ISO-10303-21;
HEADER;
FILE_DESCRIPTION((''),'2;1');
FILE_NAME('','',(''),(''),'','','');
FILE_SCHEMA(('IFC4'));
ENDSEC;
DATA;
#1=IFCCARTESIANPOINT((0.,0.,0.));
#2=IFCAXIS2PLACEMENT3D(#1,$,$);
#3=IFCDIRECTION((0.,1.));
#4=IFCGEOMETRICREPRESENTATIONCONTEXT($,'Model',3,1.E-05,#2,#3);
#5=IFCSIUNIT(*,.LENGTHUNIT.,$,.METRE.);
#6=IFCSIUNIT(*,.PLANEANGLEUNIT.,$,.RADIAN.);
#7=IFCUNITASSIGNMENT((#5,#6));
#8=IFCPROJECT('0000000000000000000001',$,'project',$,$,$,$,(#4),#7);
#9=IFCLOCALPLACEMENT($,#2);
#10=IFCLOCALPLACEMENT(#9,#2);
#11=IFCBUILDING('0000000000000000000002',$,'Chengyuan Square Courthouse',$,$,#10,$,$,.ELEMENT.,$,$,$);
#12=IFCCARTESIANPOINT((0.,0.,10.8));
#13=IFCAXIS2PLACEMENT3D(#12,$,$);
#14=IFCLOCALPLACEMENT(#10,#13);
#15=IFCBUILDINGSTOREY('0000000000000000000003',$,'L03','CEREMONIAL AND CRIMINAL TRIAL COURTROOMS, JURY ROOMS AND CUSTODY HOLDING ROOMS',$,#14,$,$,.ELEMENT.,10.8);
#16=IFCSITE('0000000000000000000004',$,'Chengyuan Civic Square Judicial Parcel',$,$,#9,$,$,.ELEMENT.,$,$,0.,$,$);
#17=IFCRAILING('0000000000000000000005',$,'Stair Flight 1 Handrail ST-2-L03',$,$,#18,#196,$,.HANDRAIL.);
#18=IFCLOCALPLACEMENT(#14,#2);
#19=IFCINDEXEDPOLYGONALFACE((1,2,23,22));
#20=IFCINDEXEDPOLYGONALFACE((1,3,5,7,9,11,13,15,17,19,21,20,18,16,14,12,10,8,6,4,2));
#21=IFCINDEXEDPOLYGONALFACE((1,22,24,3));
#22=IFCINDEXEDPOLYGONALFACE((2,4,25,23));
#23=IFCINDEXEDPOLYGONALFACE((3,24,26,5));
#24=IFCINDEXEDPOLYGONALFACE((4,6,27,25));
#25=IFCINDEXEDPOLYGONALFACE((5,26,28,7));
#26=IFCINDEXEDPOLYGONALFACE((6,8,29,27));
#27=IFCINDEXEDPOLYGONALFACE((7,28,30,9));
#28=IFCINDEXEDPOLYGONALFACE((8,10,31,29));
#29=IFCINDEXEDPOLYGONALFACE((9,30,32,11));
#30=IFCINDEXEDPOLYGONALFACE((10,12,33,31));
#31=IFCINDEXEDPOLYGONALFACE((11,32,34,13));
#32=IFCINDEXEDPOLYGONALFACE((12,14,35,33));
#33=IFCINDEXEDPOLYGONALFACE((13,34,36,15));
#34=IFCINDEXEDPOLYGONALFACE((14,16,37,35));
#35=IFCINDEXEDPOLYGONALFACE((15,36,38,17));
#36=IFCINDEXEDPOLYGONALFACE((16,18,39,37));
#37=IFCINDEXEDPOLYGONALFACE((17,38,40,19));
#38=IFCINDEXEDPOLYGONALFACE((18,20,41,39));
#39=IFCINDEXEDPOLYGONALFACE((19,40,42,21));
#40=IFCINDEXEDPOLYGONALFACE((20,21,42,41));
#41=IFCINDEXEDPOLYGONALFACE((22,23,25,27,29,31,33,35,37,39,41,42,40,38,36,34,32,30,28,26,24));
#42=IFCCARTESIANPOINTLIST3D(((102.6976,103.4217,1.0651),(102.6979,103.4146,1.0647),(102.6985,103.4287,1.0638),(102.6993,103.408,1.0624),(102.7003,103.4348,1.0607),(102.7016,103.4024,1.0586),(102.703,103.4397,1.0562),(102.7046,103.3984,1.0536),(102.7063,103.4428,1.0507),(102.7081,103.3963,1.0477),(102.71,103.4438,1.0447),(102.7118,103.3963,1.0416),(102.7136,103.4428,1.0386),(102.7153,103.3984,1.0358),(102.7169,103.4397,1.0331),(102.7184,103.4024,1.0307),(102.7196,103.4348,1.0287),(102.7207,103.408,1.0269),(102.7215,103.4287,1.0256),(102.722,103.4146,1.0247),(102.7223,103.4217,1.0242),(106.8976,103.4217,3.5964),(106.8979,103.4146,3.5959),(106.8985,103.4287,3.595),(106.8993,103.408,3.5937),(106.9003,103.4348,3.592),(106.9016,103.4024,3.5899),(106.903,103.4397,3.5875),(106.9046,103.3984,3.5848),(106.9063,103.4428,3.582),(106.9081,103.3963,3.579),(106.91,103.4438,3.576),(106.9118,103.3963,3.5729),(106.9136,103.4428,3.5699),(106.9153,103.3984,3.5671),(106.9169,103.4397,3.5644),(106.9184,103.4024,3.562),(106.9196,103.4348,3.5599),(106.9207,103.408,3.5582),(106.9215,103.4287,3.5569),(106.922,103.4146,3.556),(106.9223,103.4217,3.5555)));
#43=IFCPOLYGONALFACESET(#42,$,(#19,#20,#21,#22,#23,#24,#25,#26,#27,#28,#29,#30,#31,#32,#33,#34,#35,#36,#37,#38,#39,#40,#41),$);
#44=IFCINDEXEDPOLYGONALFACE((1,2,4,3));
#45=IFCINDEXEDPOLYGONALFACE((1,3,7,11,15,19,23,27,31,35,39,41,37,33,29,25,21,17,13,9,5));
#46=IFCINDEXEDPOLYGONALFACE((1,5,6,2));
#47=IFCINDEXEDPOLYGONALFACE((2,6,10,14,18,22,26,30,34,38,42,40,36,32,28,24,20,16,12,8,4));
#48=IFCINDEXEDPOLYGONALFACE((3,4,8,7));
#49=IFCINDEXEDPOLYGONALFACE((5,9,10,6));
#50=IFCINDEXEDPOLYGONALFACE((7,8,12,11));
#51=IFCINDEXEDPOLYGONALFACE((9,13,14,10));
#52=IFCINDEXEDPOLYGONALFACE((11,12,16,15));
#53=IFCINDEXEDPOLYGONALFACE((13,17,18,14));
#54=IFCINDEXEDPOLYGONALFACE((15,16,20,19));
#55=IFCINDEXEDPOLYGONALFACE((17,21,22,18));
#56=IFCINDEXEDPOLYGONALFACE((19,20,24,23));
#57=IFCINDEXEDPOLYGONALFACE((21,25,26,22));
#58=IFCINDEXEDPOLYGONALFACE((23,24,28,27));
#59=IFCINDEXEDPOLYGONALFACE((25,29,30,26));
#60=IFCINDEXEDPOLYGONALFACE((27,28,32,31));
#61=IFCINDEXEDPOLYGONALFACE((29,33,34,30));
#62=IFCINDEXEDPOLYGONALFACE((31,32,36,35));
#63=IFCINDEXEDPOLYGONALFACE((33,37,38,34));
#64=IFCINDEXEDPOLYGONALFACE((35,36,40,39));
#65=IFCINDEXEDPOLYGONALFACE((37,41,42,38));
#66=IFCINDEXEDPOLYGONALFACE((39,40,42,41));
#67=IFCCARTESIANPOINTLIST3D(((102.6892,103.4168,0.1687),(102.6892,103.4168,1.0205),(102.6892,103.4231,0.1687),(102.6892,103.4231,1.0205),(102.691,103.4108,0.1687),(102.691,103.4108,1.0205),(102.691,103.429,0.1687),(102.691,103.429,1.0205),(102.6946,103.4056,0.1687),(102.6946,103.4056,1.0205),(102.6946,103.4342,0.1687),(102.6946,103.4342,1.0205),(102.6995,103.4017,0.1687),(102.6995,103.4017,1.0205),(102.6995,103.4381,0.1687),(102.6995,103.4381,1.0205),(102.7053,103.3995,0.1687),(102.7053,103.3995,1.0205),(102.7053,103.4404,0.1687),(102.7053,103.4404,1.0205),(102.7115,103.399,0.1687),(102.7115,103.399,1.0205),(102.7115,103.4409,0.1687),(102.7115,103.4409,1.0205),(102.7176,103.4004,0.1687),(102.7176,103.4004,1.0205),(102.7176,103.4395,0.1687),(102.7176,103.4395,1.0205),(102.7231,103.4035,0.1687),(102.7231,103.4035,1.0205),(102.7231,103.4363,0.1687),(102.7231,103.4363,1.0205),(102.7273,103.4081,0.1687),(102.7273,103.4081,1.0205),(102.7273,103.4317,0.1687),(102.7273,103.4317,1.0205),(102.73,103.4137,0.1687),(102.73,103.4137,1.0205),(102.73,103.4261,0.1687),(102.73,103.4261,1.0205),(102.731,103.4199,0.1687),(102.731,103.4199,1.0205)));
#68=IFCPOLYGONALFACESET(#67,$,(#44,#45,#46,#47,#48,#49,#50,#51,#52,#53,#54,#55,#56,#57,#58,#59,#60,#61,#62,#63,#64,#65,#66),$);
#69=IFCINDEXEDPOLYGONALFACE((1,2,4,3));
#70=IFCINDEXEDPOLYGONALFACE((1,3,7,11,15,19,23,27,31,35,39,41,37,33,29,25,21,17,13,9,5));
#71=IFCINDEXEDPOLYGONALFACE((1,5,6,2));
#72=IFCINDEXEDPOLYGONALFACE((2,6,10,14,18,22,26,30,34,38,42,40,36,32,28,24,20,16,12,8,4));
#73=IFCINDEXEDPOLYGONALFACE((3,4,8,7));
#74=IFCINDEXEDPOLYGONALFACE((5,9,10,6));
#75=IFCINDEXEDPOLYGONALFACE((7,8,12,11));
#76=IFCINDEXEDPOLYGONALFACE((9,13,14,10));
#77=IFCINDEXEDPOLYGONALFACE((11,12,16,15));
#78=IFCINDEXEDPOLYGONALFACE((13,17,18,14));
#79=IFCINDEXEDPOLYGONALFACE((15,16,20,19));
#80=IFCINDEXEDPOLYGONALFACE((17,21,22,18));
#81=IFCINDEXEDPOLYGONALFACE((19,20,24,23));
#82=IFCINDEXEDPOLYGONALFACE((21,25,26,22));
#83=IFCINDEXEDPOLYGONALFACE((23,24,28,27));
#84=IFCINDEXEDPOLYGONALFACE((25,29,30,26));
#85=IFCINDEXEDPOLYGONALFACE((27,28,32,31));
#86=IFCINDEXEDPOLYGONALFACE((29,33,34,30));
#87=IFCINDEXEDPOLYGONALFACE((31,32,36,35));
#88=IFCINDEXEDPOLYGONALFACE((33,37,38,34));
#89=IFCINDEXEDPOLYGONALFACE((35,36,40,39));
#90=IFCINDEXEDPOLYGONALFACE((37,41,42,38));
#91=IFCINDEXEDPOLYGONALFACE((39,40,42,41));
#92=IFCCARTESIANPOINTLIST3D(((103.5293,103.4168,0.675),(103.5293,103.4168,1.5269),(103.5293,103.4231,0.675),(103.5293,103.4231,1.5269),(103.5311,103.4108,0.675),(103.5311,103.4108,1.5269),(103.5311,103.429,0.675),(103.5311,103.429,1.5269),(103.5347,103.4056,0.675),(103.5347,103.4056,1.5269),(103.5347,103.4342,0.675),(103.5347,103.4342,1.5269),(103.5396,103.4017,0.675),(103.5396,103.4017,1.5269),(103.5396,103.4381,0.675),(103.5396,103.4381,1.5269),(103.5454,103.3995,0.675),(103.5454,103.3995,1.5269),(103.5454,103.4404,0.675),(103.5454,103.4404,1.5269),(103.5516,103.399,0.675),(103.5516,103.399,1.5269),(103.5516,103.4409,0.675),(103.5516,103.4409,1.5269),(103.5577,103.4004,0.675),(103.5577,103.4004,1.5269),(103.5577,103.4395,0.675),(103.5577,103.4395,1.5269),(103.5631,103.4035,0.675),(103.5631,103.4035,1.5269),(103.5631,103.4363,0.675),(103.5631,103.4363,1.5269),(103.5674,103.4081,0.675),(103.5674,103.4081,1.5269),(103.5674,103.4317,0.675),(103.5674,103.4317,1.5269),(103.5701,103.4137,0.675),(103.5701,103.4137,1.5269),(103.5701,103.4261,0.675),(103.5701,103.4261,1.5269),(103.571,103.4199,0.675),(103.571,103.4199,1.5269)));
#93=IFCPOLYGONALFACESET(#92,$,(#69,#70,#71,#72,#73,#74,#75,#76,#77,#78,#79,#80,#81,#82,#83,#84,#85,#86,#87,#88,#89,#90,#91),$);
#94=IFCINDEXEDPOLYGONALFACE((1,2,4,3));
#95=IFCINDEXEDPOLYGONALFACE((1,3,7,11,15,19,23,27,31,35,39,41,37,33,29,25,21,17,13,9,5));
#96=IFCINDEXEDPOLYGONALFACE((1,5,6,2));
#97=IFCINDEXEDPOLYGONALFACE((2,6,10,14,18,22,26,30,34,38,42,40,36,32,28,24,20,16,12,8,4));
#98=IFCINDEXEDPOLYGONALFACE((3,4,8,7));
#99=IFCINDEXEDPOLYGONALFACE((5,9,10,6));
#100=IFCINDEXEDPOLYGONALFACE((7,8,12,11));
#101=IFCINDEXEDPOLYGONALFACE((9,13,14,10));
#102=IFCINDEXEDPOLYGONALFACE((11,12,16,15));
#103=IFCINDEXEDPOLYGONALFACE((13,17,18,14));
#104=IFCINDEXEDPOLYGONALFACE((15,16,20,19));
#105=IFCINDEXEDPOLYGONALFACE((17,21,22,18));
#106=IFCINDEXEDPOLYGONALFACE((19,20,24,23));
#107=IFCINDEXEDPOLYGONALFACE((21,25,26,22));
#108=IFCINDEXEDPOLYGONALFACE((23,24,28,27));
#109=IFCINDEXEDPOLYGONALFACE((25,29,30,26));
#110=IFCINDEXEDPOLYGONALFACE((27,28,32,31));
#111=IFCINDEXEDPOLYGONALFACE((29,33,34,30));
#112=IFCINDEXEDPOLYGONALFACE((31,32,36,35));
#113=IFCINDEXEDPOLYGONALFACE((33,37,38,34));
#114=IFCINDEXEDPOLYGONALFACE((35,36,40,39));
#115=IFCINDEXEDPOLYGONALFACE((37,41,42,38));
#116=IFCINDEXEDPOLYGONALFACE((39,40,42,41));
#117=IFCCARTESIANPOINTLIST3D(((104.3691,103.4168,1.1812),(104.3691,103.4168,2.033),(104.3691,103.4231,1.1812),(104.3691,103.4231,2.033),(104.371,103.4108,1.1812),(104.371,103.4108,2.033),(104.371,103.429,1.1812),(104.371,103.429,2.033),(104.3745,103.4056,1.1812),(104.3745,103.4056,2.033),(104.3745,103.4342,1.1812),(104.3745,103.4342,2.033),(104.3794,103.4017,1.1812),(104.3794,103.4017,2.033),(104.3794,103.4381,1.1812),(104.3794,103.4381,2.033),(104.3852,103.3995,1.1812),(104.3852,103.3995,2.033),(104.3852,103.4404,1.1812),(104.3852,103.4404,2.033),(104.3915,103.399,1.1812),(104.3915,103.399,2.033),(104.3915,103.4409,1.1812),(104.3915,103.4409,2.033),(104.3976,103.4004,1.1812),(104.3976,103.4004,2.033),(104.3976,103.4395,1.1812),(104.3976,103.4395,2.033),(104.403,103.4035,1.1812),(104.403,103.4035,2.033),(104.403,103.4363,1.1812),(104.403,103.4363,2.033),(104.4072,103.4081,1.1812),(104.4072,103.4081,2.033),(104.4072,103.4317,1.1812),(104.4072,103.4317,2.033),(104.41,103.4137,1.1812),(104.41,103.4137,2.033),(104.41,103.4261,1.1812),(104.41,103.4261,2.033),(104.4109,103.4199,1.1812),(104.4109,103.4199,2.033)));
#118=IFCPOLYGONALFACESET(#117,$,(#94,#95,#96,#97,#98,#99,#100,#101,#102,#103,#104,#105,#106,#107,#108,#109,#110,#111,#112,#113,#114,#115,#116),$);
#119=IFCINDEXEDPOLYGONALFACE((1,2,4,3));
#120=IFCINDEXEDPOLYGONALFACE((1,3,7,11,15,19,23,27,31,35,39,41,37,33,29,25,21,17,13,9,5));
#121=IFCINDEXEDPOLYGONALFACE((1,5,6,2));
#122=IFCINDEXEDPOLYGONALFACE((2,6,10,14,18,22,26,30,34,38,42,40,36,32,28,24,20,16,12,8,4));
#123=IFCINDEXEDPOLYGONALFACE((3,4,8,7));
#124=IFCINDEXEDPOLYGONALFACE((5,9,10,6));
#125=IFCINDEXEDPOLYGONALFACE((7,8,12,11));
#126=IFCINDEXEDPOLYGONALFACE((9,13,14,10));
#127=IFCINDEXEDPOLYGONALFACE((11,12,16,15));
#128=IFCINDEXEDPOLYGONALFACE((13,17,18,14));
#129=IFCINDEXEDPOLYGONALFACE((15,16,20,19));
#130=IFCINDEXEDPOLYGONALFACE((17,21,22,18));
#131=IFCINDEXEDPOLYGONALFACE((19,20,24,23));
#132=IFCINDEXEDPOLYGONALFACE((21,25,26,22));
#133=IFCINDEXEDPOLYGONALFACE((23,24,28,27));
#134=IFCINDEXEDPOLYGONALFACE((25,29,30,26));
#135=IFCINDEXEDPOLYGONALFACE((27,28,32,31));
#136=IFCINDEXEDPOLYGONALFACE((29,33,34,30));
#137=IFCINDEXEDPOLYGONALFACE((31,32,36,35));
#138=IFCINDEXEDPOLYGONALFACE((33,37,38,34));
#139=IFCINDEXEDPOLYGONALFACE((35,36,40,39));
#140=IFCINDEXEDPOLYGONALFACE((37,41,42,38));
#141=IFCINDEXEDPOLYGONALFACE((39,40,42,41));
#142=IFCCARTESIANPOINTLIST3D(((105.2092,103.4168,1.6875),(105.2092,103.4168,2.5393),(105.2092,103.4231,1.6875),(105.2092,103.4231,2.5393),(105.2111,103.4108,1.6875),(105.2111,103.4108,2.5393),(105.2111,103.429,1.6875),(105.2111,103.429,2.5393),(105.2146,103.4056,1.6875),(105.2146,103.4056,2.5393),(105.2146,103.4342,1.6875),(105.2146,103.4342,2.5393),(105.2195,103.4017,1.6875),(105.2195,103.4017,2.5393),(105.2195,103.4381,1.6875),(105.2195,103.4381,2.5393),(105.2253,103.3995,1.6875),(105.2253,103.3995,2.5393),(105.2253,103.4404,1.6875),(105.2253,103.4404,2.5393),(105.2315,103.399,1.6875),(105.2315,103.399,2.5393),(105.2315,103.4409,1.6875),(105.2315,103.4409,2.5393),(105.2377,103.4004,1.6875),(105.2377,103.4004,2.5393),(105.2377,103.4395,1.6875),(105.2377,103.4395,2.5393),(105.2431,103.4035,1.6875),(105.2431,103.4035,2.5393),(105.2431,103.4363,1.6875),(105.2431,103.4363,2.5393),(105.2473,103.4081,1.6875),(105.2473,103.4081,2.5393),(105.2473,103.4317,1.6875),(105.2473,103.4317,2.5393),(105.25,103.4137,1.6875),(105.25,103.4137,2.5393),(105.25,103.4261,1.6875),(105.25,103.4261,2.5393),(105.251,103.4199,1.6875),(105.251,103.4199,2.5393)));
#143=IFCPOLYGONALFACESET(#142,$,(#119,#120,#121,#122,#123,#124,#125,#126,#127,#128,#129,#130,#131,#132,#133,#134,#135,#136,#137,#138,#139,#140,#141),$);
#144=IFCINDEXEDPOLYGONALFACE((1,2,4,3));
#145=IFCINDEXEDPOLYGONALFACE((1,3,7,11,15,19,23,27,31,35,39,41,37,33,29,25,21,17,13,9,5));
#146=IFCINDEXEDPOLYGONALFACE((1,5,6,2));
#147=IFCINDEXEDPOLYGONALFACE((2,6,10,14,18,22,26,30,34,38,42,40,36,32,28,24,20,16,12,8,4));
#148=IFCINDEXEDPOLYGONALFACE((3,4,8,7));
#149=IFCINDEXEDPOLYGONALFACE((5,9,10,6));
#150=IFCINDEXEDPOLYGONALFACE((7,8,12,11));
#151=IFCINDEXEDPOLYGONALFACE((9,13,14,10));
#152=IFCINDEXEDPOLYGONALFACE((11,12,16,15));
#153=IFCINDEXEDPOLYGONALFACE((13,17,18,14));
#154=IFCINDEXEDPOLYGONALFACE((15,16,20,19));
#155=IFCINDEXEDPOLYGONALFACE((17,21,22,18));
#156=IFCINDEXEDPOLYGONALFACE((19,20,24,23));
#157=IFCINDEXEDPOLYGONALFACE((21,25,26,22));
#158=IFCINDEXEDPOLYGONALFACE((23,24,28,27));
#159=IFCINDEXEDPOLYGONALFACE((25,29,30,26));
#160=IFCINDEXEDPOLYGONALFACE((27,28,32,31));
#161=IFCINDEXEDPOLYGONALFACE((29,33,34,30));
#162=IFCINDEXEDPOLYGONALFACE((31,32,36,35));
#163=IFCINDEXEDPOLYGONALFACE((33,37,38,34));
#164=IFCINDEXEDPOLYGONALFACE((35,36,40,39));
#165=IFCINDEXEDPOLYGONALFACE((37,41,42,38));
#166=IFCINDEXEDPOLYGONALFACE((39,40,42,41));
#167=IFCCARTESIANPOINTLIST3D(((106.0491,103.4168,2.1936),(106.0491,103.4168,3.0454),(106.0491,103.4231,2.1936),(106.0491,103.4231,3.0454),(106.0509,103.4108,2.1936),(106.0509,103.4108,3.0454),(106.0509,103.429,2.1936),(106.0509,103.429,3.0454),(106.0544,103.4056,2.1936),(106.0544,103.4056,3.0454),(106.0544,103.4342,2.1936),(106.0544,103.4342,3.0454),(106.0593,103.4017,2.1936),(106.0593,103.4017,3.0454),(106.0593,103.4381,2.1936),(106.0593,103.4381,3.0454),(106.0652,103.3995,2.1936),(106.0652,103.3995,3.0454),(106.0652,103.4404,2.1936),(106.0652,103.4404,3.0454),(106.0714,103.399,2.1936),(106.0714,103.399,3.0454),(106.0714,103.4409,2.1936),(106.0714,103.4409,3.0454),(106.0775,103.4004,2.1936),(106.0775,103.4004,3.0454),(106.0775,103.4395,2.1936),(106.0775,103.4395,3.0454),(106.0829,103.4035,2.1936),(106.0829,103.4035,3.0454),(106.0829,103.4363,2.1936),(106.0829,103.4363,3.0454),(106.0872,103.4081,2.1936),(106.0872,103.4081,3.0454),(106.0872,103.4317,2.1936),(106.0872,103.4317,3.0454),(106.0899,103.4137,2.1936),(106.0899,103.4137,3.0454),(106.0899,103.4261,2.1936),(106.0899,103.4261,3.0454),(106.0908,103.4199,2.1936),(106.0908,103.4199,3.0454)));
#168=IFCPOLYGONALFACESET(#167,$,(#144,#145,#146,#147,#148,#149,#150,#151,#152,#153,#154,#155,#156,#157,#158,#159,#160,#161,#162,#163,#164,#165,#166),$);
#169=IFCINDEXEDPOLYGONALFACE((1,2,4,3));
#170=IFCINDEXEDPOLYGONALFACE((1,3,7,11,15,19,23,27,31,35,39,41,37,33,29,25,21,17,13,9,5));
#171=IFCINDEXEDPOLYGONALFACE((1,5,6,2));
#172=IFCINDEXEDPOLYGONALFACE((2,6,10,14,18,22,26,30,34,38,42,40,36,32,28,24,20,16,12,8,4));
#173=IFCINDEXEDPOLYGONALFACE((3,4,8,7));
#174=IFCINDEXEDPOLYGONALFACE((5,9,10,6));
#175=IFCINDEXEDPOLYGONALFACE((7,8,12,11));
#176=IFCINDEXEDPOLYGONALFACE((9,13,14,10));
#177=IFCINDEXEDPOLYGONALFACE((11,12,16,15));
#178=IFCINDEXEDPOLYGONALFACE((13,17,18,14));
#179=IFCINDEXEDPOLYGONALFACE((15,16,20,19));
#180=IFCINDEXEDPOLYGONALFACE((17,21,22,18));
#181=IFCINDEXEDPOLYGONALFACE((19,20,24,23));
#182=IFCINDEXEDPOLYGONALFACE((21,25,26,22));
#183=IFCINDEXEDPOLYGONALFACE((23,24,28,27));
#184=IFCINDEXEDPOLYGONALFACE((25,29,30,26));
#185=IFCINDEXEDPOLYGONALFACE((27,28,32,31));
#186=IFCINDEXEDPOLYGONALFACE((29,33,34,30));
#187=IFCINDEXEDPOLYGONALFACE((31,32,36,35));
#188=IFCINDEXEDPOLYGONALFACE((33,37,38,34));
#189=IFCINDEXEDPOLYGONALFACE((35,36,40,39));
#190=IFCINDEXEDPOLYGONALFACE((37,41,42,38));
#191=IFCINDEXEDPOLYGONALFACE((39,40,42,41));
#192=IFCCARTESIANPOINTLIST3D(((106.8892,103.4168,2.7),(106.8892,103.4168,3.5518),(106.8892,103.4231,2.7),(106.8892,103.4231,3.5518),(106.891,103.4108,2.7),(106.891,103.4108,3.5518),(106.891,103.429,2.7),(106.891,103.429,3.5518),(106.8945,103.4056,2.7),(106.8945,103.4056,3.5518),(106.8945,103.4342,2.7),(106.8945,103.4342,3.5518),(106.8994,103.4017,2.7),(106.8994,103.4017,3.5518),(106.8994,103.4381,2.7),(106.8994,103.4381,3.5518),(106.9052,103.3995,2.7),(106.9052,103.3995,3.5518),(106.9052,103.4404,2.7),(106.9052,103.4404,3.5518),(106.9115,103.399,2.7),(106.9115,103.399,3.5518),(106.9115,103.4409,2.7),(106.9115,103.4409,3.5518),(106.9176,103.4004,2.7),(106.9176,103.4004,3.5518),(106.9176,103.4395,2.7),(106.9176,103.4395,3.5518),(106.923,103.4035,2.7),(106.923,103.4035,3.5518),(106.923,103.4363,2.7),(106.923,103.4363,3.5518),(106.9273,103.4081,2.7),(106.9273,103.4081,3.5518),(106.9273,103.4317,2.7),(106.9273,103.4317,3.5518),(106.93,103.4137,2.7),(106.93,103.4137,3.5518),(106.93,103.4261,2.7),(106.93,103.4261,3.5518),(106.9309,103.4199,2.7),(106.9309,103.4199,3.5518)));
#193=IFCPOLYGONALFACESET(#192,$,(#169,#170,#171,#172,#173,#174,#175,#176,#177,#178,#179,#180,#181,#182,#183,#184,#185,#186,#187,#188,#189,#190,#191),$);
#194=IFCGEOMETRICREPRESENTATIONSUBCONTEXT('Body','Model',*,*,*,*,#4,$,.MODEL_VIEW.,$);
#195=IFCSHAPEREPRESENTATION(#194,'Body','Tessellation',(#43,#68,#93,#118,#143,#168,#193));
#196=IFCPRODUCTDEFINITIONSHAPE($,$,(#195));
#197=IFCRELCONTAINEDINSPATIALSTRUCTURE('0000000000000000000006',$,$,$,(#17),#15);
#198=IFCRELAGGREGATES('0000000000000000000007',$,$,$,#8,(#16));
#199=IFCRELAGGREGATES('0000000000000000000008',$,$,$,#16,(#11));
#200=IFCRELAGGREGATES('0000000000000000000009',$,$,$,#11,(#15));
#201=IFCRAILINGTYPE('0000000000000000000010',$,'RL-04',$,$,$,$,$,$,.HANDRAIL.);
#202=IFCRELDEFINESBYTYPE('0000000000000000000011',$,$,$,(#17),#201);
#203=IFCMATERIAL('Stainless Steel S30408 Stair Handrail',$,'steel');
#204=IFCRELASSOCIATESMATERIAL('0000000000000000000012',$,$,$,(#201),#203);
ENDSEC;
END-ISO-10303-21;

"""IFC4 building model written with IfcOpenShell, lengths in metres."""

from ifc_helpers import new_model, si_unit, direction, frame, origin, origin_2d, place, context, subcontext, project, spatial, circle, extrude, material, type_object, element, save


model = new_model("IFC4")

# Units and contexts
model_context = context("Model", 3, precision=1e-05, world=origin(), true_north=direction((0.0, 1.0)))
body_context = subcontext(model_context, "Body", "Model", "MODEL_VIEW")
ifc_project = project(units=[si_unit("LENGTHUNIT", "METRE"), si_unit("PLANEANGLEUNIT", "RADIAN")], contexts=[model_context])

# Site, building, storey
site_placement = place(None, origin())
site = spatial("IfcSite", under=ifc_project, at=site_placement, Name="Chengyuan Civic Square Judicial Parcel", CompositionType="ELEMENT", RefElevation=0.0)
building_placement = place(site_placement, origin())
building = spatial("IfcBuilding", under=site, at=building_placement, Name="Chengyuan Square Courthouse", CompositionType="ELEMENT")
storey_placement = place(building_placement, frame((0.0, 0.0, 10.8)))
storey = spatial("IfcBuildingStorey", under=building, at=storey_placement, Name="L03", Description="CEREMONIAL AND CRIMINAL TRIAL COURTROOMS, JURY ROOMS AND CUSTODY HOLDING ROOMS", CompositionType="ELEMENT", Elevation=10.8)

# Railing
ifc_material_1 = material(Name="Stainless Steel S30408 Stair Handrail", Category="steel")
railing_type_1 = type_object("IfcRailingType", Name="RL-04", PredefinedType="HANDRAIL", material=ifc_material_1)
railing_1_placement = place(storey_placement, frame((102.71, 103.4199, 0.1687)))
element("IfcRailing", 1, at=railing_1_placement, inside=storey, type_object=railing_type_1, Name="Stair Flight 1 Handrail ST-2-L03", PredefinedType="HANDRAIL", context=body_context, shape_type="SweptSolid", body=[
    extrude(circle(Radius=0.0239, at=origin_2d()), frame((0.0, 0.0, 0.876), z_axis=(0.856476, 0.0, 0.516186), x_axis=(0.0, 1.0, 0.0)), (0.0, 0.0, 1.0), 4.9038),
    extrude(circle(Radius=0.021, at=origin_2d()), origin(), (0.0, 0.0, 1.0), 0.8518),
    extrude(circle(Radius=0.021, at=origin_2d()), frame((0.8401, 0.0, 0.5063)), (0.0, 0.0, 1.0), 0.8518),
    extrude(circle(Radius=0.021, at=origin_2d()), frame((1.6799, 0.0, 1.0125)), (0.0, 0.0, 1.0), 0.8518),
    extrude(circle(Radius=0.021, at=origin_2d()), frame((2.52, 0.0, 1.5188)), (0.0, 0.0, 1.0), 0.8518),
    extrude(circle(Radius=0.021, at=origin_2d()), frame((3.3599, 0.0, 2.0249)), (0.0, 0.0, 1.0), 0.8518),
    extrude(circle(Radius=0.021, at=origin_2d()), frame((4.2, 0.0, 2.5312)), (0.0, 0.0, 1.0), 0.8518),
])

save(model, "model.ifc")
